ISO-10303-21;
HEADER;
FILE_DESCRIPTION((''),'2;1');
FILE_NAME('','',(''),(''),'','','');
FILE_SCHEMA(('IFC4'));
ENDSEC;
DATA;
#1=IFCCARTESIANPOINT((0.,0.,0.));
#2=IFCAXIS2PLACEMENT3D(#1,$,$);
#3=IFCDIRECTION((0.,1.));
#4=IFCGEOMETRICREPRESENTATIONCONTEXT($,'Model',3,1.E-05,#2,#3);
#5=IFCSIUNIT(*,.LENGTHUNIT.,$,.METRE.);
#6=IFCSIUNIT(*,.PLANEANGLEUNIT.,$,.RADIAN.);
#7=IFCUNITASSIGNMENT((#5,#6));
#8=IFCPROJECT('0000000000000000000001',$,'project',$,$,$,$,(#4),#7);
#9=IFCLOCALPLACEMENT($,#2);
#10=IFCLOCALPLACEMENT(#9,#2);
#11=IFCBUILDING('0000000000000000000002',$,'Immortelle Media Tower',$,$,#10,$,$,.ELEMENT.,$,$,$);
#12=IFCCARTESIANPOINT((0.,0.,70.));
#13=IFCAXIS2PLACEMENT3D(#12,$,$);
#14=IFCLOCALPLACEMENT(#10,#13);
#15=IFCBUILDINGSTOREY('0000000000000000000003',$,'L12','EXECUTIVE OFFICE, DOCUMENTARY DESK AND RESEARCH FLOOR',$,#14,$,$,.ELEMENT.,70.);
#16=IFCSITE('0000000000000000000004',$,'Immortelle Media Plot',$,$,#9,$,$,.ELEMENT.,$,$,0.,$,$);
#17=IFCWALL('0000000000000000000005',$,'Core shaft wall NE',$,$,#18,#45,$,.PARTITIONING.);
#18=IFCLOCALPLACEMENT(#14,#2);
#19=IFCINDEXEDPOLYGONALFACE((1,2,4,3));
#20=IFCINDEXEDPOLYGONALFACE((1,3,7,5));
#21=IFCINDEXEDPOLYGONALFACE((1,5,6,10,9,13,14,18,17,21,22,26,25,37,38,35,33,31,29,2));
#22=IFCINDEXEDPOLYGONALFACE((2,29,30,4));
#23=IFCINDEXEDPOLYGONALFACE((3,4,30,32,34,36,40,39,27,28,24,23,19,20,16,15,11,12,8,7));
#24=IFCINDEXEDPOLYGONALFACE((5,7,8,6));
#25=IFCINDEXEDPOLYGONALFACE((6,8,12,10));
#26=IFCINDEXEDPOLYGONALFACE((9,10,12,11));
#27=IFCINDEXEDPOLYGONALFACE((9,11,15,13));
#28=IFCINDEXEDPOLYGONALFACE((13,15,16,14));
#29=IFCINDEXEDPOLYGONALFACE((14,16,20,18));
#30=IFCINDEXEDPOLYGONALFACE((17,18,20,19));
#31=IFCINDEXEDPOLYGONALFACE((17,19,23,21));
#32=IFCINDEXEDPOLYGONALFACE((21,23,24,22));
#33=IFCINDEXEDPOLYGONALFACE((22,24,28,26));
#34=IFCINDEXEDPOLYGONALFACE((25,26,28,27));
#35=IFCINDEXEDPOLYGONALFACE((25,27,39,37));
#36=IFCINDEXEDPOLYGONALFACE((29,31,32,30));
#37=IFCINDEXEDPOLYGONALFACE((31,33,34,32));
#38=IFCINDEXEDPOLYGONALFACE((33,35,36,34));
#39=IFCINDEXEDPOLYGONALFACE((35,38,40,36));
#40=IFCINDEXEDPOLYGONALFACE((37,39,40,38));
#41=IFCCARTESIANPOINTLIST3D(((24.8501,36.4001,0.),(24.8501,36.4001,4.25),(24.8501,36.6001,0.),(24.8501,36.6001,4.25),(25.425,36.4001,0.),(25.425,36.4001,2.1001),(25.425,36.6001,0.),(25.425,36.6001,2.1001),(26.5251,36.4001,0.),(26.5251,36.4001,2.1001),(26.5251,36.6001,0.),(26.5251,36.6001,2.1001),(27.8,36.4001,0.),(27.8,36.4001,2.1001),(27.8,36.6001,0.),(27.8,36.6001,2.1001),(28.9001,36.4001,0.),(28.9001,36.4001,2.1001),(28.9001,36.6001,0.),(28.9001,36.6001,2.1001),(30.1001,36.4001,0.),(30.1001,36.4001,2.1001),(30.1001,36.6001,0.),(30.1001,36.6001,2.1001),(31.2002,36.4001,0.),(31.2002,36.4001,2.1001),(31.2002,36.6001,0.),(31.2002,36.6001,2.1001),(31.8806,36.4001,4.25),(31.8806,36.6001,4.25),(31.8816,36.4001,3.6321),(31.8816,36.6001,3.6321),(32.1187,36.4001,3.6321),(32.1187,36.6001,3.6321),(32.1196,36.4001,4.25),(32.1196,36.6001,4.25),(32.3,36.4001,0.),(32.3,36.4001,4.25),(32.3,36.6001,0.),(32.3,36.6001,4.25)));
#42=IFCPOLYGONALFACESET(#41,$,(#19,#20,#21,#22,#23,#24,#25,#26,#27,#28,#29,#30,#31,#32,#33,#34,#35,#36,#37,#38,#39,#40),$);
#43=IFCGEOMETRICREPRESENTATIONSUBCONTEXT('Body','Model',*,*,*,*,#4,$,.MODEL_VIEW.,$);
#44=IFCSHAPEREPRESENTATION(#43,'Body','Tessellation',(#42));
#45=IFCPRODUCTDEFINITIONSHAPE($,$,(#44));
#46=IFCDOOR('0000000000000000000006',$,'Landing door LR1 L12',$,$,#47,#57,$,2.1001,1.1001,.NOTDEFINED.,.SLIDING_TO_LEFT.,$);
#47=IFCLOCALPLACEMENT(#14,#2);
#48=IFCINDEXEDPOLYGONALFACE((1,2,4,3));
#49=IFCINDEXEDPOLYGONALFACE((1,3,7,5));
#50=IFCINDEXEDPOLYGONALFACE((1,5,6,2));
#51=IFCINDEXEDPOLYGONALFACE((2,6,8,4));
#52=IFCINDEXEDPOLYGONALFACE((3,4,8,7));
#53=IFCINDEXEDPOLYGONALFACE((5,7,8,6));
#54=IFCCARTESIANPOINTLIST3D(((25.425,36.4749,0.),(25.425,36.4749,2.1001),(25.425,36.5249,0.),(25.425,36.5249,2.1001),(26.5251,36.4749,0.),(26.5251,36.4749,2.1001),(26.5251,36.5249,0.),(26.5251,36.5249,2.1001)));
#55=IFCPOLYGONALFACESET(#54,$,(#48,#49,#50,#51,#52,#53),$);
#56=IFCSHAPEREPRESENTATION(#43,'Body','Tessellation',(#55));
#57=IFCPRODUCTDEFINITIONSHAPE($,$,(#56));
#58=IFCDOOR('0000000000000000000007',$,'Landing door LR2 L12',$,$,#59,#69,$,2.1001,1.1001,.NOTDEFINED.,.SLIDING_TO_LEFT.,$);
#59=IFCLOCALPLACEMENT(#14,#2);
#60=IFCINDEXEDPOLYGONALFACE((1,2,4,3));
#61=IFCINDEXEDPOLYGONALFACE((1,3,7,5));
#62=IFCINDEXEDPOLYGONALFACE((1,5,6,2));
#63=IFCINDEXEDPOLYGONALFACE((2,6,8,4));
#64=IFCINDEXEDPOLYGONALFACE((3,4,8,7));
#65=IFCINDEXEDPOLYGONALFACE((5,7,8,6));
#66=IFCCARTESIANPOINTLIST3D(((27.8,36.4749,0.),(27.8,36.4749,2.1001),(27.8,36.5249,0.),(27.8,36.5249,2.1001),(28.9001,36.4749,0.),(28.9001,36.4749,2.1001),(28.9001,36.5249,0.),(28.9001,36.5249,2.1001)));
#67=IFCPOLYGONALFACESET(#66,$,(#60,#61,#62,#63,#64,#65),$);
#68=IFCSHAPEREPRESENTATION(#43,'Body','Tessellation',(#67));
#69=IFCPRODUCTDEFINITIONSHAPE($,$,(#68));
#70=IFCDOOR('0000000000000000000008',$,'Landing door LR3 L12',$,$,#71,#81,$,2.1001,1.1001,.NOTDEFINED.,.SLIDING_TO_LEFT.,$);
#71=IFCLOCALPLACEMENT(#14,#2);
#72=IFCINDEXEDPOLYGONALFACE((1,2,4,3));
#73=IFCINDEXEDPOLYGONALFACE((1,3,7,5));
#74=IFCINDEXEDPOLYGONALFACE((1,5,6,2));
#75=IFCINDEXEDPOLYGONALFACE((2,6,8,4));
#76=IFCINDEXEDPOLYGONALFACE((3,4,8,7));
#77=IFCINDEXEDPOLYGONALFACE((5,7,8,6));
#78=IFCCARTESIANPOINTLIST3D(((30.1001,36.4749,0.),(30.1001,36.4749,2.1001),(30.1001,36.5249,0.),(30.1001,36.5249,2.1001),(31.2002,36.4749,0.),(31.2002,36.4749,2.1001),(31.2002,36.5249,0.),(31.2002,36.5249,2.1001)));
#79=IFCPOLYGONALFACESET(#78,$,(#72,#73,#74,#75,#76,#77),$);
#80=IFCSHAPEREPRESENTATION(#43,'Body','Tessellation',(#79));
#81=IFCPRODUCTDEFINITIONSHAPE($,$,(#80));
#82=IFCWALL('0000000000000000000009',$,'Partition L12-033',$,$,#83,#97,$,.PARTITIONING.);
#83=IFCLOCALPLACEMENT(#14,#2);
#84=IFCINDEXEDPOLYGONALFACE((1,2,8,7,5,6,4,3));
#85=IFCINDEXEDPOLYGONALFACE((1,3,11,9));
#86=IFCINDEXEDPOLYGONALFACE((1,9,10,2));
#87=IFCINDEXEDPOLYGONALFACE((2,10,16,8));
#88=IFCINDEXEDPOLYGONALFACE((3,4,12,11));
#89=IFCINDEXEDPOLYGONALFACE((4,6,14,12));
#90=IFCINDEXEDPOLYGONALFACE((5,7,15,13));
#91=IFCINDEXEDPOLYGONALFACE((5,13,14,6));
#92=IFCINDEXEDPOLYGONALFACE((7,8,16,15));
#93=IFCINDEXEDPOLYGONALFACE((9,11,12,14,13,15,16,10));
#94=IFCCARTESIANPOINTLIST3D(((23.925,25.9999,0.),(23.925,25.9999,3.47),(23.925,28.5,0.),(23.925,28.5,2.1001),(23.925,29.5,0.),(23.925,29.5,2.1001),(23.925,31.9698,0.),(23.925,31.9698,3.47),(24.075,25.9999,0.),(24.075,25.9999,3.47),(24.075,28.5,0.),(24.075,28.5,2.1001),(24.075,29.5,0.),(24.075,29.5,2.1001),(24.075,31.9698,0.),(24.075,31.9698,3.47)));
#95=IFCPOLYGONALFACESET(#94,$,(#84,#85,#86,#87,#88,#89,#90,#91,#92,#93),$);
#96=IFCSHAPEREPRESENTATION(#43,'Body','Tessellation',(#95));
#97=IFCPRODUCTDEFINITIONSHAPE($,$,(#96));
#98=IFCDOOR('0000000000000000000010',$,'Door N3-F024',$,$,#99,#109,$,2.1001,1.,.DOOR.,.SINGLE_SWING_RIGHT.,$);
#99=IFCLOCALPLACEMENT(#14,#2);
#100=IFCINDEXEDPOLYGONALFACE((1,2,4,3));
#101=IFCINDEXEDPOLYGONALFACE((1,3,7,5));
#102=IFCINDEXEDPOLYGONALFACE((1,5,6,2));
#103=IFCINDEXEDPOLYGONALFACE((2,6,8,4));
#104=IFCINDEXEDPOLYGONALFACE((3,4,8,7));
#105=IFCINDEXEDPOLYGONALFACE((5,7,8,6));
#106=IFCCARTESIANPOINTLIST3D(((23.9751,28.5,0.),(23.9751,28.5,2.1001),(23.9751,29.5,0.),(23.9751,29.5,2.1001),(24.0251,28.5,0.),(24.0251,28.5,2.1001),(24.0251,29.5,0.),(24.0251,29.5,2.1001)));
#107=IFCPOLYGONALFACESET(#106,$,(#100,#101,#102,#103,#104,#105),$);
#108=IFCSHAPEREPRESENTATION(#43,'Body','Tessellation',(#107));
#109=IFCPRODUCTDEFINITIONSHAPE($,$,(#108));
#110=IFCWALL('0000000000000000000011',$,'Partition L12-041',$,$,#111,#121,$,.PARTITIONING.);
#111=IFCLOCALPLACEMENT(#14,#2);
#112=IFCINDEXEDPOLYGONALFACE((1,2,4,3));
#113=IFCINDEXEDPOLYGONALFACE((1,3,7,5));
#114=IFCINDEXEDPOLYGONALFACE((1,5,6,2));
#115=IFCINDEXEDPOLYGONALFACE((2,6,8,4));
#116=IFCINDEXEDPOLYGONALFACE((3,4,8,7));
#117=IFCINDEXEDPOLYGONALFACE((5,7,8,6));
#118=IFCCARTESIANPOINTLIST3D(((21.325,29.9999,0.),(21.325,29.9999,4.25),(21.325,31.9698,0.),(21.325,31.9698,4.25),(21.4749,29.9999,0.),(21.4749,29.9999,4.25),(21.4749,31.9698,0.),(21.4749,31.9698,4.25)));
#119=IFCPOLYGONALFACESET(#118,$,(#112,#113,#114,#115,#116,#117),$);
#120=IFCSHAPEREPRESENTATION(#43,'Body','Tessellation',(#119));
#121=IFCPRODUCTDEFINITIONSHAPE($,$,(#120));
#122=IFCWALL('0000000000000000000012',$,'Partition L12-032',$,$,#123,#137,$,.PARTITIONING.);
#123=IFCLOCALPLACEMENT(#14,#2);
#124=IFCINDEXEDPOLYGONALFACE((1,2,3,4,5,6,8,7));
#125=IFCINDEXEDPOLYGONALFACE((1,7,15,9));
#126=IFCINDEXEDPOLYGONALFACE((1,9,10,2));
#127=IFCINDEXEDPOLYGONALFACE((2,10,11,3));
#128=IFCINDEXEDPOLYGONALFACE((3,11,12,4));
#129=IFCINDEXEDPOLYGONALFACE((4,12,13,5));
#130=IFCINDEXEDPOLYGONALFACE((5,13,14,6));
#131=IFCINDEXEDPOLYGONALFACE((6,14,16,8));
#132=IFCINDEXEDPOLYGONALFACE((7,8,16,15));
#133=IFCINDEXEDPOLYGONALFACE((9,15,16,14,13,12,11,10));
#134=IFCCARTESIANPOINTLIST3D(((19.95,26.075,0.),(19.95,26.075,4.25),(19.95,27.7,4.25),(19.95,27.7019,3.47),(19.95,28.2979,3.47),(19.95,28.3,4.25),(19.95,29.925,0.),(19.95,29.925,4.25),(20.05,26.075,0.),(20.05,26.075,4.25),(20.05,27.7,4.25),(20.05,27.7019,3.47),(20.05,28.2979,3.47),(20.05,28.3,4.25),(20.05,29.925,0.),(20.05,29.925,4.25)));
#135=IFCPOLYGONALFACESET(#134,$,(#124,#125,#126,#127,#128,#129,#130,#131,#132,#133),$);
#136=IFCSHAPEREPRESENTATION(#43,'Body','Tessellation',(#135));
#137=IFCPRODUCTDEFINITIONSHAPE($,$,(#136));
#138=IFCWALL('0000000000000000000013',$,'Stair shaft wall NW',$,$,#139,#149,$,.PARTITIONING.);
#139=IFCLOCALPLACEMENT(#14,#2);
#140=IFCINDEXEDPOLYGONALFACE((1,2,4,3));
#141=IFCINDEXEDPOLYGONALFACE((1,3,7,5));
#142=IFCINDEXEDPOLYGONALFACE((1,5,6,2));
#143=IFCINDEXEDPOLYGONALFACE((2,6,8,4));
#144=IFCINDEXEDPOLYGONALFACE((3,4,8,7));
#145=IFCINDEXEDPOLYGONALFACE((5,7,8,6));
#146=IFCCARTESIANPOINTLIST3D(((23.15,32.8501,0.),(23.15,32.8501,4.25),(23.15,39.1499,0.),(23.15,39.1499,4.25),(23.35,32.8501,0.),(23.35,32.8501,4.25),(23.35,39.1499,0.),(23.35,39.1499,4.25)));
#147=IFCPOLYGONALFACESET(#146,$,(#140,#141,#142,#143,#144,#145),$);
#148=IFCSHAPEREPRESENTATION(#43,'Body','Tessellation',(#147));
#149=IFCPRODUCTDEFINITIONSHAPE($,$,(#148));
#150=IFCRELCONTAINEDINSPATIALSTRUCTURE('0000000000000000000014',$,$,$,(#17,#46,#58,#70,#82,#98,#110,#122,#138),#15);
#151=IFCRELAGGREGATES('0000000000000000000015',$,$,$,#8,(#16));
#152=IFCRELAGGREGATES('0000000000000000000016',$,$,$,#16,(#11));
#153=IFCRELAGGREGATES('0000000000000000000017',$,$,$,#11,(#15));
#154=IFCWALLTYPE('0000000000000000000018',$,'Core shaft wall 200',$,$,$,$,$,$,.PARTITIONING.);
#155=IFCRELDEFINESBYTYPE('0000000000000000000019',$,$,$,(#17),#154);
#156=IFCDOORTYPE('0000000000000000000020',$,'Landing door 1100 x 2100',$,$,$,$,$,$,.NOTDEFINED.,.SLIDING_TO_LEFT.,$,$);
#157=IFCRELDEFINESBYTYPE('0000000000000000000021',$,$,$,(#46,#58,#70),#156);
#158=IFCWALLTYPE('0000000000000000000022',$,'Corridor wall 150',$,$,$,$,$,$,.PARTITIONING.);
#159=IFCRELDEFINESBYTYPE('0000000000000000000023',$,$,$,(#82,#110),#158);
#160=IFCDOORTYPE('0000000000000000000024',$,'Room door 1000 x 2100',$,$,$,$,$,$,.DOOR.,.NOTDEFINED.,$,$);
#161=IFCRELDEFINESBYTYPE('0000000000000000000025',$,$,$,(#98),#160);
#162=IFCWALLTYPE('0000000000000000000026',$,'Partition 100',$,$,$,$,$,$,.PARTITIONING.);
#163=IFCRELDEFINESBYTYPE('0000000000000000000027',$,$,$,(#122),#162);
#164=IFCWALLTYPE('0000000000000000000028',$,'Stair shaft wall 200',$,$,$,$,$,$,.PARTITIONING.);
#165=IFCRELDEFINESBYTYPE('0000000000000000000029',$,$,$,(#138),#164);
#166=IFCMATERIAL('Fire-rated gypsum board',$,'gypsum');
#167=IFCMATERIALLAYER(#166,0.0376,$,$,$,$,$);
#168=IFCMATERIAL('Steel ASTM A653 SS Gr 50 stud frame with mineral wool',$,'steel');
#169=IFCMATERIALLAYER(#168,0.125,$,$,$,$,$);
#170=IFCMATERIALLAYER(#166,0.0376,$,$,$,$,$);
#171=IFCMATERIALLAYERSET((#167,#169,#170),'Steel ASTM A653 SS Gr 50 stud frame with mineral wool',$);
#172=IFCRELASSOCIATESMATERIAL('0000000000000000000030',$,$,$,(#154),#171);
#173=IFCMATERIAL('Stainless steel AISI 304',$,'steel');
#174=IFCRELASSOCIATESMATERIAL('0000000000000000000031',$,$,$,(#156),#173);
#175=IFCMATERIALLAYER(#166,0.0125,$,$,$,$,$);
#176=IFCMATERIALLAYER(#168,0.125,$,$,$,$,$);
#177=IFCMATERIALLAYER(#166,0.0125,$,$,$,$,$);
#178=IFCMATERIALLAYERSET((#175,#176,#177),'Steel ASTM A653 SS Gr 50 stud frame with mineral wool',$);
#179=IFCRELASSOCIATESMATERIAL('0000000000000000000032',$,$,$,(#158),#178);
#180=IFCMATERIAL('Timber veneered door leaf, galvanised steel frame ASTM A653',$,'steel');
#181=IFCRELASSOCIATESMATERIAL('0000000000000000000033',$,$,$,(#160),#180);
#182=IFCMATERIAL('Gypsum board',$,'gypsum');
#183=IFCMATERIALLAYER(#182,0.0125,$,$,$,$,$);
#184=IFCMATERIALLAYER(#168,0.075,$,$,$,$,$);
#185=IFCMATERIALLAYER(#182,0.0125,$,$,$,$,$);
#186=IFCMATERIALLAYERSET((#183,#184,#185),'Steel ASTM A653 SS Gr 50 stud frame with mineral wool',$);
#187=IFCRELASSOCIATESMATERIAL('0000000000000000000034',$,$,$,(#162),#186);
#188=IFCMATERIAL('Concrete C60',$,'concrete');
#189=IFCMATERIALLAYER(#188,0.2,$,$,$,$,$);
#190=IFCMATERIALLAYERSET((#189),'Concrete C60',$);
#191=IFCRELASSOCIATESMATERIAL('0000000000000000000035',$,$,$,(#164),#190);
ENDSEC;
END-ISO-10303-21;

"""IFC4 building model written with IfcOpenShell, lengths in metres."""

from ifc_helpers import new_model, si_unit, direction, frame, frame_2d, origin, place, context, subcontext, project, spatial, polyline, rectangle, outline, extrude, material, layer, layer_set, type_object, element, fill, save


model = new_model("IFC4")

# Units and contexts
model_context = context("Model", 3, precision=1e-05, world=origin(), true_north=direction((0.0, 1.0)))
body_context = subcontext(model_context, "Body", "Model", "MODEL_VIEW")
ifc_project = project(units=[si_unit("LENGTHUNIT", "METRE"), si_unit("PLANEANGLEUNIT", "RADIAN")], contexts=[model_context])

# Site, building, storey
site_placement = place(None, origin())
site = spatial("IfcSite", under=ifc_project, at=site_placement, Name="Immortelle Media Plot", CompositionType="ELEMENT", RefElevation=0.0)
building_placement = place(site_placement, origin())
building = spatial("IfcBuilding", under=site, at=building_placement, Name="Immortelle Media Tower", CompositionType="ELEMENT")
storey_placement = place(building_placement, frame((0.0, 0.0, 70.0)))
storey = spatial("IfcBuildingStorey", under=building, at=storey_placement, Name="L12", Description="EXECUTIVE OFFICE, DOCUMENTARY DESK AND RESEARCH FLOOR", CompositionType="ELEMENT", Elevation=70.0)

# Shared definitions
ifc_material_1 = material(Name="Fire-rated gypsum board", Category="gypsum")
ifc_material_2 = material(Name="Steel ASTM A653 SS Gr 50 stud frame with mineral wool", Category="steel")
ifc_layer_1 = layer(ifc_material_1, 0.0376)
ifc_layer_2 = layer(ifc_material_2, 0.125)
ifc_layer_3 = layer(ifc_material_1, 0.0376)
ifc_layer_set_1 = layer_set([ifc_layer_1, ifc_layer_2, ifc_layer_3], Name="Steel ASTM A653 SS Gr 50 stud frame with mineral wool")
wall_type_1 = type_object("IfcWallType", Name="Core shaft wall 200", PredefinedType="PARTITIONING", material=ifc_layer_set_1)

# Wall, openings, doors
wall_1_placement = place(storey_placement, frame((24.8501, 36.5, 0.0), z_axis=(0.0, 0.0, 1.0), x_axis=(1.0, 0.0, 0.0)))
wall_1 = element("IfcWall", 1, at=wall_1_placement, inside=storey, type_object=wall_type_1, Name="Core shaft wall NE", PredefinedType="PARTITIONING", context=body_context, shape_type="SweptSolid", body=[
    extrude(outline(polyline([(0.0, 0.0), (7.45, 0.0), (7.45, 4.25), (7.2695, 4.25), (7.2686, 3.6321), (7.0315, 3.6321), (7.0305, 4.25), (0.0, 4.25), (0.0, 0.0)])), frame((0.0, 0.1001, 0.0), z_axis=(0.0, -1.0, 0.0), x_axis=(1.0, 0.0, 0.0)), (0.0, 0.0, 1.0), 0.2),
])
opening_1_placement = place(wall_1_placement, frame((0.575, 0.0, 0.0)))
opening_1 = element("IfcOpeningElement", 2, at=opening_1_placement, cuts=wall_1, PredefinedType="OPENING", context=body_context, shape_type="SweptSolid", body=[
    extrude(rectangle(XDim=1.1001, YDim=2.1001, at=frame_2d((0.55, 1.05))), frame((0.0, 0.1099, 0.0), z_axis=(0.0, -1.0, 0.0), x_axis=(1.0, 0.0, 0.0)), (0.0, 0.0, 1.0), 0.22),
])
opening_2_placement = place(wall_1_placement, frame((2.95, 0.0, 0.0)))
opening_2 = element("IfcOpeningElement", 3, at=opening_2_placement, cuts=wall_1, PredefinedType="OPENING", context=body_context, shape_type="SweptSolid", body=[
    extrude(rectangle(XDim=1.1001, YDim=2.1001, at=frame_2d((0.55, 1.05))), frame((0.0, 0.1099, 0.0), z_axis=(0.0, -1.0, 0.0), x_axis=(1.0, 0.0, 0.0)), (0.0, 0.0, 1.0), 0.22),
])
opening_3_placement = place(wall_1_placement, frame((5.25, 0.0, 0.0)))
opening_3 = element("IfcOpeningElement", 4, at=opening_3_placement, cuts=wall_1, PredefinedType="OPENING", context=body_context, shape_type="SweptSolid", body=[
    extrude(rectangle(XDim=1.1001, YDim=2.1001, at=frame_2d((0.55, 1.05))), frame((0.0, 0.1099, 0.0), z_axis=(0.0, -1.0, 0.0), x_axis=(1.0, 0.0, 0.0)), (0.0, 0.0, 1.0), 0.22),
])
ifc_material_3 = material(Name="Stainless steel AISI 304", Category="steel")
door_type_1 = type_object("IfcDoorType", Name="Landing door 1100 x 2100", OperationType="SLIDING_TO_LEFT", PredefinedType="NOTDEFINED", material=ifc_material_3)
door_1_placement = place(opening_1_placement, origin())
door_1 = element("IfcDoor", 5, at=door_1_placement, inside=storey, type_object=door_type_1, Name="Landing door LR1 L12", OperationType="SLIDING_TO_LEFT", OverallHeight=2.1001, OverallWidth=1.1001, PredefinedType="NOTDEFINED", context=body_context, shape_type="SweptSolid", body=[
    extrude(rectangle(XDim=1.1001, YDim=2.1001, at=frame_2d((0.55, 1.05))), frame((0.0, 0.0249, 0.0), z_axis=(0.0, -1.0, 0.0), x_axis=(1.0, 0.0, 0.0)), (0.0, 0.0, 1.0), 0.05),
])
fill(opening_1, door_1)
door_2_placement = place(opening_2_placement, origin())
door_2 = element("IfcDoor", 6, at=door_2_placement, inside=storey, type_object=door_type_1, Name="Landing door LR2 L12", OperationType="SLIDING_TO_LEFT", OverallHeight=2.1001, OverallWidth=1.1001, PredefinedType="NOTDEFINED", context=body_context, shape_type="SweptSolid", body=[
    extrude(rectangle(XDim=1.1001, YDim=2.1001, at=frame_2d((0.55, 1.05))), frame((0.0, 0.0249, 0.0), z_axis=(0.0, -1.0, 0.0), x_axis=(1.0, 0.0, 0.0)), (0.0, 0.0, 1.0), 0.05),
])
fill(opening_2, door_2)
door_3_placement = place(opening_3_placement, origin())
door_3 = element("IfcDoor", 7, at=door_3_placement, inside=storey, type_object=door_type_1, Name="Landing door LR3 L12", OperationType="SLIDING_TO_LEFT", OverallHeight=2.1001, OverallWidth=1.1001, PredefinedType="NOTDEFINED", context=body_context, shape_type="SweptSolid", body=[
    extrude(rectangle(XDim=1.1001, YDim=2.1001, at=frame_2d((0.55, 1.05))), frame((0.0, 0.0249, 0.0), z_axis=(0.0, -1.0, 0.0), x_axis=(1.0, 0.0, 0.0)), (0.0, 0.0, 1.0), 0.05),
])
fill(opening_3, door_3)

# Wall, opening, door
ifc_layer_4 = layer(ifc_material_1, 0.0125)
ifc_layer_5 = layer(ifc_material_2, 0.125)
ifc_layer_6 = layer(ifc_material_1, 0.0125)
ifc_layer_set_2 = layer_set([ifc_layer_4, ifc_layer_5, ifc_layer_6], Name="Steel ASTM A653 SS Gr 50 stud frame with mineral wool")
wall_type_2 = type_object("IfcWallType", Name="Corridor wall 150", PredefinedType="PARTITIONING", material=ifc_layer_set_2)
wall_2_placement = place(storey_placement, frame((24.0, 26.0, 0.0), z_axis=(0.0, 0.0, 1.0), x_axis=(0.0, 1.0, 0.0)))
wall_2 = element("IfcWall", 8, at=wall_2_placement, inside=storey, type_object=wall_type_2, Name="Partition L12-033", PredefinedType="PARTITIONING", context=body_context, shape_type="SweptSolid", body=[
    extrude(rectangle(XDim=5.97, YDim=0.1499, at=frame_2d((2.9849, 0.0))), origin(), (0.0, 0.0, 1.0), 3.47),
])
opening_4_placement = place(wall_2_placement, frame((2.5, 0.0, 0.0)))
opening_4 = element("IfcOpeningElement", 9, at=opening_4_placement, cuts=wall_2, PredefinedType="OPENING", context=body_context, shape_type="SweptSolid", body=[
    extrude(rectangle(XDim=1.0, YDim=2.1001, at=frame_2d((0.5, 1.05))), frame((0.0, 0.085, 0.0), z_axis=(0.0, -1.0, 0.0), x_axis=(1.0, 0.0, 0.0)), (0.0, 0.0, 1.0), 0.1699),
])
ifc_material_4 = material(Name="Timber veneered door leaf, galvanised steel frame ASTM A653", Category="steel")
door_type_2 = type_object("IfcDoorType", Name="Room door 1000 x 2100", OperationType="NOTDEFINED", PredefinedType="DOOR", material=ifc_material_4)
door_4_placement = place(opening_4_placement, origin())
door_4 = element("IfcDoor", 10, at=door_4_placement, inside=storey, type_object=door_type_2, Name="Door N3-F024", OperationType="SINGLE_SWING_RIGHT", OverallHeight=2.1001, OverallWidth=1.0, PredefinedType="DOOR", context=body_context, shape_type="SweptSolid", body=[
    extrude(rectangle(XDim=1.0, YDim=2.1001, at=frame_2d((0.5, 1.05))), frame((0.0, 0.0249, 0.0), z_axis=(0.0, -1.0, 0.0), x_axis=(1.0, 0.0, 0.0)), (0.0, 0.0, 1.0), 0.05),
])
fill(opening_4, door_4)

# Walls
wall_3_placement = place(storey_placement, frame((21.3999, 30.0, 0.0), z_axis=(0.0, 0.0, 1.0), x_axis=(0.0, 1.0, 0.0)))
element("IfcWall", 11, at=wall_3_placement, inside=storey, type_object=wall_type_2, Name="Partition L12-041", PredefinedType="PARTITIONING", context=body_context, shape_type="SweptSolid", body=[
    extrude(rectangle(XDim=1.97, YDim=0.1499, at=frame_2d((0.9849, 0.0))), origin(), (0.0, 0.0, 1.0), 4.25),
])
ifc_material_5 = material(Name="Gypsum board", Category="gypsum")
ifc_layer_7 = layer(ifc_material_5, 0.0125)
ifc_layer_8 = layer(ifc_material_2, 0.075)
ifc_layer_9 = layer(ifc_material_5, 0.0125)
ifc_layer_set_3 = layer_set([ifc_layer_7, ifc_layer_8, ifc_layer_9], Name="Steel ASTM A653 SS Gr 50 stud frame with mineral wool")
wall_type_3 = type_object("IfcWallType", Name="Partition 100", PredefinedType="PARTITIONING", material=ifc_layer_set_3)
wall_4_placement = place(storey_placement, frame((20.0, 26.075, 0.0), z_axis=(0.0, 0.0, 1.0), x_axis=(0.0, 1.0, 0.0)))
element("IfcWall", 12, at=wall_4_placement, inside=storey, type_object=wall_type_3, Name="Partition L12-032", PredefinedType="PARTITIONING", context=body_context, shape_type="SweptSolid", body=[
    extrude(outline(polyline([(0.0, 0.0), (3.8501, 0.0), (3.8501, 4.25), (2.2251, 4.25), (2.2229, 3.47), (1.627, 3.47), (1.625, 4.25), (0.0, 4.25), (0.0, 0.0)])), frame((0.0, 0.05, 0.0), z_axis=(0.0, -1.0, 0.0), x_axis=(1.0, 0.0, 0.0)), (0.0, 0.0, 1.0), 0.1001),
])
ifc_material_6 = material(Name="Concrete C60", Category="concrete")
ifc_layer_10 = layer(ifc_material_6, 0.2)
ifc_layer_set_4 = layer_set([ifc_layer_10], Name="Concrete C60")
wall_type_4 = type_object("IfcWallType", Name="Stair shaft wall 200", PredefinedType="PARTITIONING", material=ifc_layer_set_4)
wall_5_placement = place(storey_placement, frame((23.25, 32.8501, 0.0), z_axis=(0.0, 0.0, 1.0), x_axis=(0.0, 1.0, 0.0)))
element("IfcWall", 13, at=wall_5_placement, inside=storey, type_object=wall_type_4, Name="Stair shaft wall NW", PredefinedType="PARTITIONING", context=body_context, shape_type="SweptSolid", body=[
    extrude(rectangle(XDim=6.2998, YDim=0.2, at=frame_2d((3.1499, 0.0))), origin(), (0.0, 0.0, 1.0), 4.25),
])

save(model, "model.ifc")
